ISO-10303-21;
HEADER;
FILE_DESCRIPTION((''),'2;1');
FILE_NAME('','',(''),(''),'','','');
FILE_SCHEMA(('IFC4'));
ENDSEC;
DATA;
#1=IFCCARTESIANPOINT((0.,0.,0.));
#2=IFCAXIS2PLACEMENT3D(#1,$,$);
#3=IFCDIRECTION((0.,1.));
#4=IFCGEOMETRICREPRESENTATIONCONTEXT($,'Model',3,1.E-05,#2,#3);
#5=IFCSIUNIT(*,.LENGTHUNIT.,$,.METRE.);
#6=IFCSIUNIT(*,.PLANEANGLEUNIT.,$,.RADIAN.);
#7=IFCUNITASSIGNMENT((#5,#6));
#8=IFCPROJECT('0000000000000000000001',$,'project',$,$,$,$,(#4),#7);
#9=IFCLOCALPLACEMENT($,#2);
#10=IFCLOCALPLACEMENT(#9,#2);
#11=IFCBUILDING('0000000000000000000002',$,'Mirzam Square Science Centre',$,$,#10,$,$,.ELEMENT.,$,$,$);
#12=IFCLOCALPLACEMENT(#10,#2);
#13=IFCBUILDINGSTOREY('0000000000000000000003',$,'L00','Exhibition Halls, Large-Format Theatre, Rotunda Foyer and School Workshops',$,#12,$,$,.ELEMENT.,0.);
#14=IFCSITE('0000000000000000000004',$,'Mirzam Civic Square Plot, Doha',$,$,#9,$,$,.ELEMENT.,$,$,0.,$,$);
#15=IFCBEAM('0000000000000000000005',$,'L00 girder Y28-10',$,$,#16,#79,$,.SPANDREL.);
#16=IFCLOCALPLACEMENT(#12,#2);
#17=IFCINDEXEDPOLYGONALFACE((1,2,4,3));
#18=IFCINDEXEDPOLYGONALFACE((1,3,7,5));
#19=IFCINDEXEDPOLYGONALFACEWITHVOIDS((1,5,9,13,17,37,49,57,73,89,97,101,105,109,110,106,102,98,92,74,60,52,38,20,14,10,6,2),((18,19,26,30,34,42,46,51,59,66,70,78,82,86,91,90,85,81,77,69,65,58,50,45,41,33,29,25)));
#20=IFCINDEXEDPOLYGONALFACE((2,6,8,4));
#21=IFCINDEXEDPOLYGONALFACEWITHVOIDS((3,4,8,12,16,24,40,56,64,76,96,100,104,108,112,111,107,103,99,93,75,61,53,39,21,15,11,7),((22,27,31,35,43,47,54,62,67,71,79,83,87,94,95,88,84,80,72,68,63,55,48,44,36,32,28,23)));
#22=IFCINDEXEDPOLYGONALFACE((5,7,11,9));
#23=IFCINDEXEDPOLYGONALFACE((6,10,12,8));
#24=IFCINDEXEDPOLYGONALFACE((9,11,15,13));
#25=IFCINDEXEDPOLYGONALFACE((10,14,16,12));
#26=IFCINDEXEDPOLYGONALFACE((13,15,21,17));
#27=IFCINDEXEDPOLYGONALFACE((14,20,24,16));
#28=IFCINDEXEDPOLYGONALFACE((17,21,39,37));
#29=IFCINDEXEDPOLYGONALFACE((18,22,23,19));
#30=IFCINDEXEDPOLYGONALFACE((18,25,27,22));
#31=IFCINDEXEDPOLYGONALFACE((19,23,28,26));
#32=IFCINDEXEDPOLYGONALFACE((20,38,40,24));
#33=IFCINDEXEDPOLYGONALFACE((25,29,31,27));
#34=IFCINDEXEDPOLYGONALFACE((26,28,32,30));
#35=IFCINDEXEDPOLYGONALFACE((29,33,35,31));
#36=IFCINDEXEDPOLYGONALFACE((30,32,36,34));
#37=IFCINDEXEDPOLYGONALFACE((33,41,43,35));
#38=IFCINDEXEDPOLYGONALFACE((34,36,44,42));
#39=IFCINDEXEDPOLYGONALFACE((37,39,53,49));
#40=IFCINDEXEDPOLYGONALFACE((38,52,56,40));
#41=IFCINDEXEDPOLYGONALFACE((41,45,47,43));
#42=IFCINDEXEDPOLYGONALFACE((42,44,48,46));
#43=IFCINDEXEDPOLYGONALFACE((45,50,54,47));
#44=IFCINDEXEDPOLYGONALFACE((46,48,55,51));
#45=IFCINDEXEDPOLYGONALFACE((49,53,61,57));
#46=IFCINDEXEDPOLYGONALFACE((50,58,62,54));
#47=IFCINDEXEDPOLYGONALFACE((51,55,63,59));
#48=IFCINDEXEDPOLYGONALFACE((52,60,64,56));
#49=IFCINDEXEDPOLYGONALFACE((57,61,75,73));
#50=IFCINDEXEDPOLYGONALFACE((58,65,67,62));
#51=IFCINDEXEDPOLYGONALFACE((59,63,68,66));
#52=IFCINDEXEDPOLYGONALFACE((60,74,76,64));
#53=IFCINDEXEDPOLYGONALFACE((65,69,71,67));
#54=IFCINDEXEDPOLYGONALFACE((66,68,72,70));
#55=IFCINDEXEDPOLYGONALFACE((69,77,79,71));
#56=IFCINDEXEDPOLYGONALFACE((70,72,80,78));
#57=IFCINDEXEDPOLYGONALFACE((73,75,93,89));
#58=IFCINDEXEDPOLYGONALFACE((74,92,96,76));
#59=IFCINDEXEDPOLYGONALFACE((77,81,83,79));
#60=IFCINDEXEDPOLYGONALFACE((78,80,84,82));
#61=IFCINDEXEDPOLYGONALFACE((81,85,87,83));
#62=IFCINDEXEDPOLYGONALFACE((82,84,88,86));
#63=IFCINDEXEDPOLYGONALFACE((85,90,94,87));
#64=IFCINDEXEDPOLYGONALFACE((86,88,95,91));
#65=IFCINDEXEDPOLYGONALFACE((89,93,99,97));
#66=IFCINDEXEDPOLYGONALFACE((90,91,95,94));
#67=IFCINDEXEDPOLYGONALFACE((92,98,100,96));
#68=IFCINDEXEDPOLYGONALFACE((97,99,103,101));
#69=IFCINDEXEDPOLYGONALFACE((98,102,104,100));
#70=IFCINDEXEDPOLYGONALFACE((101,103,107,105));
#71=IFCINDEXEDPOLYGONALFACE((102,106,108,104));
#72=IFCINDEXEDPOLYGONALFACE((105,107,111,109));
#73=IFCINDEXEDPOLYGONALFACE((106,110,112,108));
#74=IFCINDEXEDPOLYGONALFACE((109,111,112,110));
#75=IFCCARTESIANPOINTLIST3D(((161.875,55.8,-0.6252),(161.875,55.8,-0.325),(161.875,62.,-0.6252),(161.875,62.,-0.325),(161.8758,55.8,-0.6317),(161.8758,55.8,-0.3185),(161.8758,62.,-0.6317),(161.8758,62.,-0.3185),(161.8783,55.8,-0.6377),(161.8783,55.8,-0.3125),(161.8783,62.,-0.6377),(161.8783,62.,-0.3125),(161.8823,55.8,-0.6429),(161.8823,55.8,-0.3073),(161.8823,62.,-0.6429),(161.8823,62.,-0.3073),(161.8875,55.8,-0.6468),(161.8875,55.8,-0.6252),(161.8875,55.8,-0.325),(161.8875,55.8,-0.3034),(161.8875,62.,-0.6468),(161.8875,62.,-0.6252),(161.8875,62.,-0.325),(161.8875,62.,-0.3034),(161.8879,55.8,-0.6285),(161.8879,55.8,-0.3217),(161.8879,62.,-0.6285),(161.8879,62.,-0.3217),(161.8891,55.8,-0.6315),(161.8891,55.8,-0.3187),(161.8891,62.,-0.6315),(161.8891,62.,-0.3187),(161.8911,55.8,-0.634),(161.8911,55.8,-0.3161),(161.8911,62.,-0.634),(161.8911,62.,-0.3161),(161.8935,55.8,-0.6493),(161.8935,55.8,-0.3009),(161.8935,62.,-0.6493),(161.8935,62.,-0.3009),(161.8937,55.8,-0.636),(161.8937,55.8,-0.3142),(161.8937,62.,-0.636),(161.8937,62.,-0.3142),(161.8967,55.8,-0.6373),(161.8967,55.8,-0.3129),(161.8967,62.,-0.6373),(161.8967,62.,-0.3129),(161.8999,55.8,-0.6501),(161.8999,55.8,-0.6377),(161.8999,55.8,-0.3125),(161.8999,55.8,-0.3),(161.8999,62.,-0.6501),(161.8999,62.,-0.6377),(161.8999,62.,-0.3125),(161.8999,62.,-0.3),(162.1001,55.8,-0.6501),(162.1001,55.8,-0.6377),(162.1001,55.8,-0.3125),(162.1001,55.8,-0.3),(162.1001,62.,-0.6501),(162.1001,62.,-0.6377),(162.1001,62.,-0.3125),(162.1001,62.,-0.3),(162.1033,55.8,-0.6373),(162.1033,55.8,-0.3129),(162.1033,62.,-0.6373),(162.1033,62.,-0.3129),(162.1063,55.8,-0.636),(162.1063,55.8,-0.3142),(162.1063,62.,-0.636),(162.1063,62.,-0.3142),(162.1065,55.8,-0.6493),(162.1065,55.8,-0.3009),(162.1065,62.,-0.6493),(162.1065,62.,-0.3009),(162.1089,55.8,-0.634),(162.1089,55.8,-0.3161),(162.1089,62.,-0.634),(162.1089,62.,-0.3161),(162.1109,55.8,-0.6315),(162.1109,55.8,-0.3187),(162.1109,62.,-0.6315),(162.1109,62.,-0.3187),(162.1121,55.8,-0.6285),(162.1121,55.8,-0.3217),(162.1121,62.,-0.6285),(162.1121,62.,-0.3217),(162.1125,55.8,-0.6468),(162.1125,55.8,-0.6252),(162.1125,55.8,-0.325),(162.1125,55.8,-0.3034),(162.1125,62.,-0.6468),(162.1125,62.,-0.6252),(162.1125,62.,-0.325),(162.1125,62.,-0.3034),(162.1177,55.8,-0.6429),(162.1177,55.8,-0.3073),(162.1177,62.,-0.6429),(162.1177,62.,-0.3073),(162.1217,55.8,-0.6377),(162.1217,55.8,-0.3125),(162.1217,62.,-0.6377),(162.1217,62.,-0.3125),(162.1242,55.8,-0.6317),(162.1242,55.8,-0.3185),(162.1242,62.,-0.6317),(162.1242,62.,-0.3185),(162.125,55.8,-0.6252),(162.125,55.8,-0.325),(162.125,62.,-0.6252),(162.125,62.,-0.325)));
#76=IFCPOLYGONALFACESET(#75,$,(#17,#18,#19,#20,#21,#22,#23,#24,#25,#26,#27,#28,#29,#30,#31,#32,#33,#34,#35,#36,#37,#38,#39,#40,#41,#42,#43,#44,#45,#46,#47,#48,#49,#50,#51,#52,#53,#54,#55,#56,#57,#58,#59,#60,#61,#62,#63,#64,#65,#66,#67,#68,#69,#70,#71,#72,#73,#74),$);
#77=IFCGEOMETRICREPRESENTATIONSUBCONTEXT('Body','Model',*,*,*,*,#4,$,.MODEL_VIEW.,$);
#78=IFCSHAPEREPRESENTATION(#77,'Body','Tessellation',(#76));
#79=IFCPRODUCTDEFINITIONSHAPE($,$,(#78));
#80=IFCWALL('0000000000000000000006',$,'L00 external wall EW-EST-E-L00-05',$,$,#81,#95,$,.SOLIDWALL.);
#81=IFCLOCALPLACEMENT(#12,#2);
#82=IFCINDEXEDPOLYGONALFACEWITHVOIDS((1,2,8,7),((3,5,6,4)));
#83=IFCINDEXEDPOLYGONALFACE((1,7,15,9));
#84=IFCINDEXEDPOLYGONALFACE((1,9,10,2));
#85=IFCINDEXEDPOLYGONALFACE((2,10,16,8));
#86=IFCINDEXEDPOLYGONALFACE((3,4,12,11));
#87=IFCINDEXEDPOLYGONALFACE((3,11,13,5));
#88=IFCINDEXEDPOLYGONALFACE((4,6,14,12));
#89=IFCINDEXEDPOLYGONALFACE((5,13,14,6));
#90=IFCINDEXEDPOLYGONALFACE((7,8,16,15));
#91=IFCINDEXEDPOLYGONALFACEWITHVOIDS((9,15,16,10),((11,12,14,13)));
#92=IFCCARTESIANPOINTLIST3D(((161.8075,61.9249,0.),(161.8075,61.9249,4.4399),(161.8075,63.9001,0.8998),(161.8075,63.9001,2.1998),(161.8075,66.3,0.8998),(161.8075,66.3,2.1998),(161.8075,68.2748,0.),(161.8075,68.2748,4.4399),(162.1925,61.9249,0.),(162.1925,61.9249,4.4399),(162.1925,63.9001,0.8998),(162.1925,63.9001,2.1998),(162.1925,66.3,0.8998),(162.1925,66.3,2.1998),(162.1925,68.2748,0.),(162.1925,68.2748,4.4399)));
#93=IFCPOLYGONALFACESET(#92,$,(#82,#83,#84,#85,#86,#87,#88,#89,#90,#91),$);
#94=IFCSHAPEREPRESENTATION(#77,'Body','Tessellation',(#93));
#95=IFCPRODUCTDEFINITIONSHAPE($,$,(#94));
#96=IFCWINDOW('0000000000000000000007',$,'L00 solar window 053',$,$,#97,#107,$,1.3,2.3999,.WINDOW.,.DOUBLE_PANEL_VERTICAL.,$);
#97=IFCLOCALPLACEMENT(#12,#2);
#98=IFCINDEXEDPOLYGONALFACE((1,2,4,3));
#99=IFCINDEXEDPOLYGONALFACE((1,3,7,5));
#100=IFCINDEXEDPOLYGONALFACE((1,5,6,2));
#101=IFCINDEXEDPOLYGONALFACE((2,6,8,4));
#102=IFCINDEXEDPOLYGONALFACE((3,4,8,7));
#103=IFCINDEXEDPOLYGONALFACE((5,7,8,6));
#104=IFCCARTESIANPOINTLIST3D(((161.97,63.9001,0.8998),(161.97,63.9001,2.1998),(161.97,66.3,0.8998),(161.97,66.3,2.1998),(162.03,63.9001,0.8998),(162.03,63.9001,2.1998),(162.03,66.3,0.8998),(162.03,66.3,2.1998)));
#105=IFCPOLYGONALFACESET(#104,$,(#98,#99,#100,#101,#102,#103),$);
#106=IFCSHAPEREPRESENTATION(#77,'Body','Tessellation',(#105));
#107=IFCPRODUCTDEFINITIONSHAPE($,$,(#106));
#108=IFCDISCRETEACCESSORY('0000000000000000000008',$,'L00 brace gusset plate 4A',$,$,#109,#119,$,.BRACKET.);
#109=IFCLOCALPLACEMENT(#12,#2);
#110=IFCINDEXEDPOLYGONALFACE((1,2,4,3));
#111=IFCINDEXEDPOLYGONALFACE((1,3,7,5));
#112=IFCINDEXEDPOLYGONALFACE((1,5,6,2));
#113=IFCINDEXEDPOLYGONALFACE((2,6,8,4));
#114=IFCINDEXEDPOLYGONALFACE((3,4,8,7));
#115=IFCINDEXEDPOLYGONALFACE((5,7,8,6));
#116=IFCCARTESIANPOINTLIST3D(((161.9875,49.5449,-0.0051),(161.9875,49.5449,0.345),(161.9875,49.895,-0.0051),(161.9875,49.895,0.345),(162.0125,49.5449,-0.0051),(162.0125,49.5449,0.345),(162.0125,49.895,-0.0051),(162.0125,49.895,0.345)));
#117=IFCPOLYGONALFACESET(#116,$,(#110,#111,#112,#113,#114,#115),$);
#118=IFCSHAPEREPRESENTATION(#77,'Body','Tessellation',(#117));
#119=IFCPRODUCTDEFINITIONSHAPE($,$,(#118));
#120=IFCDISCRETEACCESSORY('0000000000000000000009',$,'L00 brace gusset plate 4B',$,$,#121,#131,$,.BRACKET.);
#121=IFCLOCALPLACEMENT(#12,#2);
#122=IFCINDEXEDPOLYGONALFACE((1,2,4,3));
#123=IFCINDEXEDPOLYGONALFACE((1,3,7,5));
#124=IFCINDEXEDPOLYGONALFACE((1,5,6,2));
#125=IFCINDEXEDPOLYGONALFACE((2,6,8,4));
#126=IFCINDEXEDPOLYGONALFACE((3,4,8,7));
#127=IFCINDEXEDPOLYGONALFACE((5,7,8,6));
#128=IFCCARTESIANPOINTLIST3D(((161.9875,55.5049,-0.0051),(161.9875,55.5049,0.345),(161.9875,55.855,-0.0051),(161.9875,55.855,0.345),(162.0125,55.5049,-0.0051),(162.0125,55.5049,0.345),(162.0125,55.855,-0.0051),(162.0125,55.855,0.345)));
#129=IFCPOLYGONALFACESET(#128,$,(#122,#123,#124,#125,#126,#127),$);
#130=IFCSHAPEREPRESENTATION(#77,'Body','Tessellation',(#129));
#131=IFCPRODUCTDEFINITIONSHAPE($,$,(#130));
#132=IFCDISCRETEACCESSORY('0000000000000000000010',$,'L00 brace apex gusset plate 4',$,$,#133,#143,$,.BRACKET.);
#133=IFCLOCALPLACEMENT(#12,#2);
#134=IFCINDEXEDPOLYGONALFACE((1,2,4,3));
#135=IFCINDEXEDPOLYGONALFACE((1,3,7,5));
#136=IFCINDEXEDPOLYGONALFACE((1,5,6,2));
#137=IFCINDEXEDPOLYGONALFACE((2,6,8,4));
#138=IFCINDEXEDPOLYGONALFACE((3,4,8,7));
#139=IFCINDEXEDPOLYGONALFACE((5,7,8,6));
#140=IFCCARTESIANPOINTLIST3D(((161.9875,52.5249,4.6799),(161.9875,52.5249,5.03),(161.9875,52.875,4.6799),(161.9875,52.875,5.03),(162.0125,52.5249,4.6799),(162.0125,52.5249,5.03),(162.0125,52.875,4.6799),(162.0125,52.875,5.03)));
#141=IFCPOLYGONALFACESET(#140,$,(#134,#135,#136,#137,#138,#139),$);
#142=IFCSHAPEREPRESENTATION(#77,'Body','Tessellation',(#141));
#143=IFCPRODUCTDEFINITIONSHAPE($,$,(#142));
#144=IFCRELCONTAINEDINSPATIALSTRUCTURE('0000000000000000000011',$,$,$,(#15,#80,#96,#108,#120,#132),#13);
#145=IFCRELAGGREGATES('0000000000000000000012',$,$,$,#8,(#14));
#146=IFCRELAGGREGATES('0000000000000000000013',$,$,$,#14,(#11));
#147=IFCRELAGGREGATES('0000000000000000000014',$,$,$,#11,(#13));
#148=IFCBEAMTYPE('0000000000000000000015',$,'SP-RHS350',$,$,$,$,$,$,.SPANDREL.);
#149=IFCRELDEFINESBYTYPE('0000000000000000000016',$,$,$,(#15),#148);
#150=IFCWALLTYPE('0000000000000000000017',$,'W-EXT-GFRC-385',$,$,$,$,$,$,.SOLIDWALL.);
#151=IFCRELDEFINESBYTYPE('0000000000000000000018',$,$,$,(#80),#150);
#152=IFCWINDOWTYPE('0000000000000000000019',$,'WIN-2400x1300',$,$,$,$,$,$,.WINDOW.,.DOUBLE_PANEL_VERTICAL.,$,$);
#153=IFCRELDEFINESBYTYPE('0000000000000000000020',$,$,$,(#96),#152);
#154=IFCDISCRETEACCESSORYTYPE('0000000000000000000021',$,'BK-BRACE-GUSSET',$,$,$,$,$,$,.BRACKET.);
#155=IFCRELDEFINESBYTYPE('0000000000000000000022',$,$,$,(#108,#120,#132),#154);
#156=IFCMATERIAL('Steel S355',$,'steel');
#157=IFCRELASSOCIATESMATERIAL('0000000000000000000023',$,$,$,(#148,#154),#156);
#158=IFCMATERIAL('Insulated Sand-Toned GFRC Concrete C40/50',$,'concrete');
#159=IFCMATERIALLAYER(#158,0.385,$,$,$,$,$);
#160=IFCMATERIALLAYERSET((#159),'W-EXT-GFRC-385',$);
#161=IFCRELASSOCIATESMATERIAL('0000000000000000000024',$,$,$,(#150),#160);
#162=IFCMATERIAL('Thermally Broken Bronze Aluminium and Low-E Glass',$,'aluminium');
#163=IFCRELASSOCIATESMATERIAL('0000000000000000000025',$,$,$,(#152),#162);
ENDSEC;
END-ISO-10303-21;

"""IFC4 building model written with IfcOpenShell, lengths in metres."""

from ifc_helpers import new_model, si_unit, direction, frame, frame_2d, origin, origin_2d, place, context, subcontext, project, spatial, rectangle, hollow_rectangle, extrude, material, layer, layer_set, material_profile, profile_set, type_object, element, fill, save


model = new_model("IFC4")

# Units and contexts
model_context = context("Model", 3, precision=1e-05, world=origin(), true_north=direction((0.0, 1.0)))
body_context = subcontext(model_context, "Body", "Model", "MODEL_VIEW")
ifc_project = project(units=[si_unit("LENGTHUNIT", "METRE"), si_unit("PLANEANGLEUNIT", "RADIAN")], contexts=[model_context])

# Site, building, storey
site_placement = place(None, origin())
site = spatial("IfcSite", under=ifc_project, at=site_placement, Name="Mirzam Civic Square Plot, Doha", CompositionType="ELEMENT", RefElevation=0.0)
building_placement = place(site_placement, origin())
building = spatial("IfcBuilding", under=site, at=building_placement, Name="Mirzam Square Science Centre", CompositionType="ELEMENT")
storey_placement = place(building_placement, origin())
storey = spatial("IfcBuildingStorey", under=building, at=storey_placement, Name="L00", Description="Exhibition Halls, Large-Format Theatre, Rotunda Foyer and School Workshops", CompositionType="ELEMENT", Elevation=0.0)

# Shared definitions
ifc_material_1 = material(Name="Steel S355", Category="steel")

# Beam
ifc_material_profile_1 = material_profile(ifc_material_1, hollow_rectangle(XDim=0.25, YDim=0.3501, WallThickness=0.0125, InnerFilletRadius=0.0125, OuterFilletRadius=0.0249, at=origin_2d()), Name="350x250x12.5RHS")
ifc_profile_set_1 = profile_set([ifc_material_profile_1], Name="Steel S355")
beam_type_1 = type_object("IfcBeamType", Name="SP-RHS350", PredefinedType="SPANDREL", material=ifc_profile_set_1)
for number, where, z_axis, x_axis, name in (
    (1, (162.0, 55.8, -0.4751), (0.0, 1.0, 0.0), (-1.0, 0.0, 0.0), "L00 girder Y28-10"),
):
    element("IfcBeam", number, at=place(storey_placement, frame(where, z_axis=z_axis, x_axis=x_axis)), inside=storey, type_object=beam_type_1, Name=name, PredefinedType="SPANDREL", context=body_context, shape_type="SweptSolid", body=[
        extrude(hollow_rectangle(XDim=0.25, YDim=0.3501, WallThickness=0.0125, InnerFilletRadius=0.0125, OuterFilletRadius=0.0249, at=origin_2d()), origin(), (0.0, 0.0, 1.0), 6.2),
    ])

# Shared definitions
ifc_material_2 = material(Name="Insulated Sand-Toned GFRC Concrete C40/50", Category="concrete")

# Wall, opening, window
ifc_layer_1 = layer(ifc_material_2, 0.385)
ifc_layer_set_1 = layer_set([ifc_layer_1], Name="W-EXT-GFRC-385")
wall_type_1 = type_object("IfcWallType", Name="W-EXT-GFRC-385", PredefinedType="SOLIDWALL", material=ifc_layer_set_1)
wall_1_placement = place(storey_placement, frame((162.0, 61.925, 0.0), z_axis=(0.0, 0.0, 1.0), x_axis=(0.0, 1.0, 0.0)))
wall_1 = element("IfcWall", 2, at=wall_1_placement, inside=storey, type_object=wall_type_1, Name="L00 external wall EW-EST-E-L00-05", PredefinedType="SOLIDWALL", context=body_context, shape_type="SweptSolid", body=[
    extrude(rectangle(XDim=6.3499, YDim=0.385, at=frame_2d((3.1748, 0.0))), origin(), (0.0, 0.0, 1.0), 4.4399),
])
opening_1_placement = place(wall_1_placement, frame((1.9751, 0.0, 0.8999)))
opening_1 = element("IfcOpeningElement", 3, at=opening_1_placement, cuts=wall_1, PredefinedType="OPENING", context=body_context, shape_type="SweptSolid", body=[
    extrude(rectangle(XDim=2.3999, YDim=1.3, at=frame_2d((1.2, 0.6499))), frame((0.0, 0.2024, 0.0), z_axis=(0.0, -1.0, 0.0), x_axis=(1.0, 0.0, 0.0)), (0.0, 0.0, 1.0), 0.405),
])
ifc_material_3 = material(Name="Thermally Broken Bronze Aluminium and Low-E Glass", Category="aluminium")
window_type = type_object("IfcWindowType", Name="WIN-2400x1300", PartitioningType="DOUBLE_PANEL_VERTICAL", PredefinedType="WINDOW", material=ifc_material_3)
window_placement = place(opening_1_placement, origin())
window = element("IfcWindow", 4, at=window_placement, inside=storey, type_object=window_type, Name="L00 solar window 053", OverallHeight=1.3, OverallWidth=2.3999, PartitioningType="DOUBLE_PANEL_VERTICAL", PredefinedType="WINDOW", context=body_context, shape_type="SweptSolid", body=[
    extrude(rectangle(XDim=2.3999, YDim=1.3, at=frame_2d((1.2, 0.6499))), frame((0.0, 0.03, 0.0), z_axis=(0.0, -1.0, 0.0), x_axis=(1.0, 0.0, 0.0)), (0.0, 0.0, 1.0), 0.0601),
])
fill(opening_1, window)

# Discrete accessories
discrete_accessory_type = type_object("IfcDiscreteAccessoryType", Name="BK-BRACE-GUSSET", PredefinedType="BRACKET", material=ifc_material_1)
for number, where, z_axis, x_axis, name in (
    (5, (162.0, 49.72, -0.0051), (0.0, 0.0, 1.0), (0.0, 1.0, 0.0), "L00 brace gusset plate 4A"),
    (6, (162.0, 55.6799, -0.0051), (0.0, 0.0, 1.0), (0.0, 1.0, 0.0), "L00 brace gusset plate 4B"),
    (7, (162.0, 52.7, 4.6799), (0.0, 0.0, 1.0), (0.0, 1.0, 0.0), "L00 brace apex gusset plate 4"),
):
    element("IfcDiscreteAccessory", number, at=place(storey_placement, frame(where, z_axis=z_axis, x_axis=x_axis)), inside=storey, type_object=discrete_accessory_type, Name=name, PredefinedType="BRACKET", context=body_context, shape_type="SweptSolid", body=[
        extrude(rectangle(XDim=0.3501, YDim=0.0249, at=origin_2d()), origin(), (0.0, 0.0, 1.0), 0.3501),
    ])

save(model, "model.ifc")
